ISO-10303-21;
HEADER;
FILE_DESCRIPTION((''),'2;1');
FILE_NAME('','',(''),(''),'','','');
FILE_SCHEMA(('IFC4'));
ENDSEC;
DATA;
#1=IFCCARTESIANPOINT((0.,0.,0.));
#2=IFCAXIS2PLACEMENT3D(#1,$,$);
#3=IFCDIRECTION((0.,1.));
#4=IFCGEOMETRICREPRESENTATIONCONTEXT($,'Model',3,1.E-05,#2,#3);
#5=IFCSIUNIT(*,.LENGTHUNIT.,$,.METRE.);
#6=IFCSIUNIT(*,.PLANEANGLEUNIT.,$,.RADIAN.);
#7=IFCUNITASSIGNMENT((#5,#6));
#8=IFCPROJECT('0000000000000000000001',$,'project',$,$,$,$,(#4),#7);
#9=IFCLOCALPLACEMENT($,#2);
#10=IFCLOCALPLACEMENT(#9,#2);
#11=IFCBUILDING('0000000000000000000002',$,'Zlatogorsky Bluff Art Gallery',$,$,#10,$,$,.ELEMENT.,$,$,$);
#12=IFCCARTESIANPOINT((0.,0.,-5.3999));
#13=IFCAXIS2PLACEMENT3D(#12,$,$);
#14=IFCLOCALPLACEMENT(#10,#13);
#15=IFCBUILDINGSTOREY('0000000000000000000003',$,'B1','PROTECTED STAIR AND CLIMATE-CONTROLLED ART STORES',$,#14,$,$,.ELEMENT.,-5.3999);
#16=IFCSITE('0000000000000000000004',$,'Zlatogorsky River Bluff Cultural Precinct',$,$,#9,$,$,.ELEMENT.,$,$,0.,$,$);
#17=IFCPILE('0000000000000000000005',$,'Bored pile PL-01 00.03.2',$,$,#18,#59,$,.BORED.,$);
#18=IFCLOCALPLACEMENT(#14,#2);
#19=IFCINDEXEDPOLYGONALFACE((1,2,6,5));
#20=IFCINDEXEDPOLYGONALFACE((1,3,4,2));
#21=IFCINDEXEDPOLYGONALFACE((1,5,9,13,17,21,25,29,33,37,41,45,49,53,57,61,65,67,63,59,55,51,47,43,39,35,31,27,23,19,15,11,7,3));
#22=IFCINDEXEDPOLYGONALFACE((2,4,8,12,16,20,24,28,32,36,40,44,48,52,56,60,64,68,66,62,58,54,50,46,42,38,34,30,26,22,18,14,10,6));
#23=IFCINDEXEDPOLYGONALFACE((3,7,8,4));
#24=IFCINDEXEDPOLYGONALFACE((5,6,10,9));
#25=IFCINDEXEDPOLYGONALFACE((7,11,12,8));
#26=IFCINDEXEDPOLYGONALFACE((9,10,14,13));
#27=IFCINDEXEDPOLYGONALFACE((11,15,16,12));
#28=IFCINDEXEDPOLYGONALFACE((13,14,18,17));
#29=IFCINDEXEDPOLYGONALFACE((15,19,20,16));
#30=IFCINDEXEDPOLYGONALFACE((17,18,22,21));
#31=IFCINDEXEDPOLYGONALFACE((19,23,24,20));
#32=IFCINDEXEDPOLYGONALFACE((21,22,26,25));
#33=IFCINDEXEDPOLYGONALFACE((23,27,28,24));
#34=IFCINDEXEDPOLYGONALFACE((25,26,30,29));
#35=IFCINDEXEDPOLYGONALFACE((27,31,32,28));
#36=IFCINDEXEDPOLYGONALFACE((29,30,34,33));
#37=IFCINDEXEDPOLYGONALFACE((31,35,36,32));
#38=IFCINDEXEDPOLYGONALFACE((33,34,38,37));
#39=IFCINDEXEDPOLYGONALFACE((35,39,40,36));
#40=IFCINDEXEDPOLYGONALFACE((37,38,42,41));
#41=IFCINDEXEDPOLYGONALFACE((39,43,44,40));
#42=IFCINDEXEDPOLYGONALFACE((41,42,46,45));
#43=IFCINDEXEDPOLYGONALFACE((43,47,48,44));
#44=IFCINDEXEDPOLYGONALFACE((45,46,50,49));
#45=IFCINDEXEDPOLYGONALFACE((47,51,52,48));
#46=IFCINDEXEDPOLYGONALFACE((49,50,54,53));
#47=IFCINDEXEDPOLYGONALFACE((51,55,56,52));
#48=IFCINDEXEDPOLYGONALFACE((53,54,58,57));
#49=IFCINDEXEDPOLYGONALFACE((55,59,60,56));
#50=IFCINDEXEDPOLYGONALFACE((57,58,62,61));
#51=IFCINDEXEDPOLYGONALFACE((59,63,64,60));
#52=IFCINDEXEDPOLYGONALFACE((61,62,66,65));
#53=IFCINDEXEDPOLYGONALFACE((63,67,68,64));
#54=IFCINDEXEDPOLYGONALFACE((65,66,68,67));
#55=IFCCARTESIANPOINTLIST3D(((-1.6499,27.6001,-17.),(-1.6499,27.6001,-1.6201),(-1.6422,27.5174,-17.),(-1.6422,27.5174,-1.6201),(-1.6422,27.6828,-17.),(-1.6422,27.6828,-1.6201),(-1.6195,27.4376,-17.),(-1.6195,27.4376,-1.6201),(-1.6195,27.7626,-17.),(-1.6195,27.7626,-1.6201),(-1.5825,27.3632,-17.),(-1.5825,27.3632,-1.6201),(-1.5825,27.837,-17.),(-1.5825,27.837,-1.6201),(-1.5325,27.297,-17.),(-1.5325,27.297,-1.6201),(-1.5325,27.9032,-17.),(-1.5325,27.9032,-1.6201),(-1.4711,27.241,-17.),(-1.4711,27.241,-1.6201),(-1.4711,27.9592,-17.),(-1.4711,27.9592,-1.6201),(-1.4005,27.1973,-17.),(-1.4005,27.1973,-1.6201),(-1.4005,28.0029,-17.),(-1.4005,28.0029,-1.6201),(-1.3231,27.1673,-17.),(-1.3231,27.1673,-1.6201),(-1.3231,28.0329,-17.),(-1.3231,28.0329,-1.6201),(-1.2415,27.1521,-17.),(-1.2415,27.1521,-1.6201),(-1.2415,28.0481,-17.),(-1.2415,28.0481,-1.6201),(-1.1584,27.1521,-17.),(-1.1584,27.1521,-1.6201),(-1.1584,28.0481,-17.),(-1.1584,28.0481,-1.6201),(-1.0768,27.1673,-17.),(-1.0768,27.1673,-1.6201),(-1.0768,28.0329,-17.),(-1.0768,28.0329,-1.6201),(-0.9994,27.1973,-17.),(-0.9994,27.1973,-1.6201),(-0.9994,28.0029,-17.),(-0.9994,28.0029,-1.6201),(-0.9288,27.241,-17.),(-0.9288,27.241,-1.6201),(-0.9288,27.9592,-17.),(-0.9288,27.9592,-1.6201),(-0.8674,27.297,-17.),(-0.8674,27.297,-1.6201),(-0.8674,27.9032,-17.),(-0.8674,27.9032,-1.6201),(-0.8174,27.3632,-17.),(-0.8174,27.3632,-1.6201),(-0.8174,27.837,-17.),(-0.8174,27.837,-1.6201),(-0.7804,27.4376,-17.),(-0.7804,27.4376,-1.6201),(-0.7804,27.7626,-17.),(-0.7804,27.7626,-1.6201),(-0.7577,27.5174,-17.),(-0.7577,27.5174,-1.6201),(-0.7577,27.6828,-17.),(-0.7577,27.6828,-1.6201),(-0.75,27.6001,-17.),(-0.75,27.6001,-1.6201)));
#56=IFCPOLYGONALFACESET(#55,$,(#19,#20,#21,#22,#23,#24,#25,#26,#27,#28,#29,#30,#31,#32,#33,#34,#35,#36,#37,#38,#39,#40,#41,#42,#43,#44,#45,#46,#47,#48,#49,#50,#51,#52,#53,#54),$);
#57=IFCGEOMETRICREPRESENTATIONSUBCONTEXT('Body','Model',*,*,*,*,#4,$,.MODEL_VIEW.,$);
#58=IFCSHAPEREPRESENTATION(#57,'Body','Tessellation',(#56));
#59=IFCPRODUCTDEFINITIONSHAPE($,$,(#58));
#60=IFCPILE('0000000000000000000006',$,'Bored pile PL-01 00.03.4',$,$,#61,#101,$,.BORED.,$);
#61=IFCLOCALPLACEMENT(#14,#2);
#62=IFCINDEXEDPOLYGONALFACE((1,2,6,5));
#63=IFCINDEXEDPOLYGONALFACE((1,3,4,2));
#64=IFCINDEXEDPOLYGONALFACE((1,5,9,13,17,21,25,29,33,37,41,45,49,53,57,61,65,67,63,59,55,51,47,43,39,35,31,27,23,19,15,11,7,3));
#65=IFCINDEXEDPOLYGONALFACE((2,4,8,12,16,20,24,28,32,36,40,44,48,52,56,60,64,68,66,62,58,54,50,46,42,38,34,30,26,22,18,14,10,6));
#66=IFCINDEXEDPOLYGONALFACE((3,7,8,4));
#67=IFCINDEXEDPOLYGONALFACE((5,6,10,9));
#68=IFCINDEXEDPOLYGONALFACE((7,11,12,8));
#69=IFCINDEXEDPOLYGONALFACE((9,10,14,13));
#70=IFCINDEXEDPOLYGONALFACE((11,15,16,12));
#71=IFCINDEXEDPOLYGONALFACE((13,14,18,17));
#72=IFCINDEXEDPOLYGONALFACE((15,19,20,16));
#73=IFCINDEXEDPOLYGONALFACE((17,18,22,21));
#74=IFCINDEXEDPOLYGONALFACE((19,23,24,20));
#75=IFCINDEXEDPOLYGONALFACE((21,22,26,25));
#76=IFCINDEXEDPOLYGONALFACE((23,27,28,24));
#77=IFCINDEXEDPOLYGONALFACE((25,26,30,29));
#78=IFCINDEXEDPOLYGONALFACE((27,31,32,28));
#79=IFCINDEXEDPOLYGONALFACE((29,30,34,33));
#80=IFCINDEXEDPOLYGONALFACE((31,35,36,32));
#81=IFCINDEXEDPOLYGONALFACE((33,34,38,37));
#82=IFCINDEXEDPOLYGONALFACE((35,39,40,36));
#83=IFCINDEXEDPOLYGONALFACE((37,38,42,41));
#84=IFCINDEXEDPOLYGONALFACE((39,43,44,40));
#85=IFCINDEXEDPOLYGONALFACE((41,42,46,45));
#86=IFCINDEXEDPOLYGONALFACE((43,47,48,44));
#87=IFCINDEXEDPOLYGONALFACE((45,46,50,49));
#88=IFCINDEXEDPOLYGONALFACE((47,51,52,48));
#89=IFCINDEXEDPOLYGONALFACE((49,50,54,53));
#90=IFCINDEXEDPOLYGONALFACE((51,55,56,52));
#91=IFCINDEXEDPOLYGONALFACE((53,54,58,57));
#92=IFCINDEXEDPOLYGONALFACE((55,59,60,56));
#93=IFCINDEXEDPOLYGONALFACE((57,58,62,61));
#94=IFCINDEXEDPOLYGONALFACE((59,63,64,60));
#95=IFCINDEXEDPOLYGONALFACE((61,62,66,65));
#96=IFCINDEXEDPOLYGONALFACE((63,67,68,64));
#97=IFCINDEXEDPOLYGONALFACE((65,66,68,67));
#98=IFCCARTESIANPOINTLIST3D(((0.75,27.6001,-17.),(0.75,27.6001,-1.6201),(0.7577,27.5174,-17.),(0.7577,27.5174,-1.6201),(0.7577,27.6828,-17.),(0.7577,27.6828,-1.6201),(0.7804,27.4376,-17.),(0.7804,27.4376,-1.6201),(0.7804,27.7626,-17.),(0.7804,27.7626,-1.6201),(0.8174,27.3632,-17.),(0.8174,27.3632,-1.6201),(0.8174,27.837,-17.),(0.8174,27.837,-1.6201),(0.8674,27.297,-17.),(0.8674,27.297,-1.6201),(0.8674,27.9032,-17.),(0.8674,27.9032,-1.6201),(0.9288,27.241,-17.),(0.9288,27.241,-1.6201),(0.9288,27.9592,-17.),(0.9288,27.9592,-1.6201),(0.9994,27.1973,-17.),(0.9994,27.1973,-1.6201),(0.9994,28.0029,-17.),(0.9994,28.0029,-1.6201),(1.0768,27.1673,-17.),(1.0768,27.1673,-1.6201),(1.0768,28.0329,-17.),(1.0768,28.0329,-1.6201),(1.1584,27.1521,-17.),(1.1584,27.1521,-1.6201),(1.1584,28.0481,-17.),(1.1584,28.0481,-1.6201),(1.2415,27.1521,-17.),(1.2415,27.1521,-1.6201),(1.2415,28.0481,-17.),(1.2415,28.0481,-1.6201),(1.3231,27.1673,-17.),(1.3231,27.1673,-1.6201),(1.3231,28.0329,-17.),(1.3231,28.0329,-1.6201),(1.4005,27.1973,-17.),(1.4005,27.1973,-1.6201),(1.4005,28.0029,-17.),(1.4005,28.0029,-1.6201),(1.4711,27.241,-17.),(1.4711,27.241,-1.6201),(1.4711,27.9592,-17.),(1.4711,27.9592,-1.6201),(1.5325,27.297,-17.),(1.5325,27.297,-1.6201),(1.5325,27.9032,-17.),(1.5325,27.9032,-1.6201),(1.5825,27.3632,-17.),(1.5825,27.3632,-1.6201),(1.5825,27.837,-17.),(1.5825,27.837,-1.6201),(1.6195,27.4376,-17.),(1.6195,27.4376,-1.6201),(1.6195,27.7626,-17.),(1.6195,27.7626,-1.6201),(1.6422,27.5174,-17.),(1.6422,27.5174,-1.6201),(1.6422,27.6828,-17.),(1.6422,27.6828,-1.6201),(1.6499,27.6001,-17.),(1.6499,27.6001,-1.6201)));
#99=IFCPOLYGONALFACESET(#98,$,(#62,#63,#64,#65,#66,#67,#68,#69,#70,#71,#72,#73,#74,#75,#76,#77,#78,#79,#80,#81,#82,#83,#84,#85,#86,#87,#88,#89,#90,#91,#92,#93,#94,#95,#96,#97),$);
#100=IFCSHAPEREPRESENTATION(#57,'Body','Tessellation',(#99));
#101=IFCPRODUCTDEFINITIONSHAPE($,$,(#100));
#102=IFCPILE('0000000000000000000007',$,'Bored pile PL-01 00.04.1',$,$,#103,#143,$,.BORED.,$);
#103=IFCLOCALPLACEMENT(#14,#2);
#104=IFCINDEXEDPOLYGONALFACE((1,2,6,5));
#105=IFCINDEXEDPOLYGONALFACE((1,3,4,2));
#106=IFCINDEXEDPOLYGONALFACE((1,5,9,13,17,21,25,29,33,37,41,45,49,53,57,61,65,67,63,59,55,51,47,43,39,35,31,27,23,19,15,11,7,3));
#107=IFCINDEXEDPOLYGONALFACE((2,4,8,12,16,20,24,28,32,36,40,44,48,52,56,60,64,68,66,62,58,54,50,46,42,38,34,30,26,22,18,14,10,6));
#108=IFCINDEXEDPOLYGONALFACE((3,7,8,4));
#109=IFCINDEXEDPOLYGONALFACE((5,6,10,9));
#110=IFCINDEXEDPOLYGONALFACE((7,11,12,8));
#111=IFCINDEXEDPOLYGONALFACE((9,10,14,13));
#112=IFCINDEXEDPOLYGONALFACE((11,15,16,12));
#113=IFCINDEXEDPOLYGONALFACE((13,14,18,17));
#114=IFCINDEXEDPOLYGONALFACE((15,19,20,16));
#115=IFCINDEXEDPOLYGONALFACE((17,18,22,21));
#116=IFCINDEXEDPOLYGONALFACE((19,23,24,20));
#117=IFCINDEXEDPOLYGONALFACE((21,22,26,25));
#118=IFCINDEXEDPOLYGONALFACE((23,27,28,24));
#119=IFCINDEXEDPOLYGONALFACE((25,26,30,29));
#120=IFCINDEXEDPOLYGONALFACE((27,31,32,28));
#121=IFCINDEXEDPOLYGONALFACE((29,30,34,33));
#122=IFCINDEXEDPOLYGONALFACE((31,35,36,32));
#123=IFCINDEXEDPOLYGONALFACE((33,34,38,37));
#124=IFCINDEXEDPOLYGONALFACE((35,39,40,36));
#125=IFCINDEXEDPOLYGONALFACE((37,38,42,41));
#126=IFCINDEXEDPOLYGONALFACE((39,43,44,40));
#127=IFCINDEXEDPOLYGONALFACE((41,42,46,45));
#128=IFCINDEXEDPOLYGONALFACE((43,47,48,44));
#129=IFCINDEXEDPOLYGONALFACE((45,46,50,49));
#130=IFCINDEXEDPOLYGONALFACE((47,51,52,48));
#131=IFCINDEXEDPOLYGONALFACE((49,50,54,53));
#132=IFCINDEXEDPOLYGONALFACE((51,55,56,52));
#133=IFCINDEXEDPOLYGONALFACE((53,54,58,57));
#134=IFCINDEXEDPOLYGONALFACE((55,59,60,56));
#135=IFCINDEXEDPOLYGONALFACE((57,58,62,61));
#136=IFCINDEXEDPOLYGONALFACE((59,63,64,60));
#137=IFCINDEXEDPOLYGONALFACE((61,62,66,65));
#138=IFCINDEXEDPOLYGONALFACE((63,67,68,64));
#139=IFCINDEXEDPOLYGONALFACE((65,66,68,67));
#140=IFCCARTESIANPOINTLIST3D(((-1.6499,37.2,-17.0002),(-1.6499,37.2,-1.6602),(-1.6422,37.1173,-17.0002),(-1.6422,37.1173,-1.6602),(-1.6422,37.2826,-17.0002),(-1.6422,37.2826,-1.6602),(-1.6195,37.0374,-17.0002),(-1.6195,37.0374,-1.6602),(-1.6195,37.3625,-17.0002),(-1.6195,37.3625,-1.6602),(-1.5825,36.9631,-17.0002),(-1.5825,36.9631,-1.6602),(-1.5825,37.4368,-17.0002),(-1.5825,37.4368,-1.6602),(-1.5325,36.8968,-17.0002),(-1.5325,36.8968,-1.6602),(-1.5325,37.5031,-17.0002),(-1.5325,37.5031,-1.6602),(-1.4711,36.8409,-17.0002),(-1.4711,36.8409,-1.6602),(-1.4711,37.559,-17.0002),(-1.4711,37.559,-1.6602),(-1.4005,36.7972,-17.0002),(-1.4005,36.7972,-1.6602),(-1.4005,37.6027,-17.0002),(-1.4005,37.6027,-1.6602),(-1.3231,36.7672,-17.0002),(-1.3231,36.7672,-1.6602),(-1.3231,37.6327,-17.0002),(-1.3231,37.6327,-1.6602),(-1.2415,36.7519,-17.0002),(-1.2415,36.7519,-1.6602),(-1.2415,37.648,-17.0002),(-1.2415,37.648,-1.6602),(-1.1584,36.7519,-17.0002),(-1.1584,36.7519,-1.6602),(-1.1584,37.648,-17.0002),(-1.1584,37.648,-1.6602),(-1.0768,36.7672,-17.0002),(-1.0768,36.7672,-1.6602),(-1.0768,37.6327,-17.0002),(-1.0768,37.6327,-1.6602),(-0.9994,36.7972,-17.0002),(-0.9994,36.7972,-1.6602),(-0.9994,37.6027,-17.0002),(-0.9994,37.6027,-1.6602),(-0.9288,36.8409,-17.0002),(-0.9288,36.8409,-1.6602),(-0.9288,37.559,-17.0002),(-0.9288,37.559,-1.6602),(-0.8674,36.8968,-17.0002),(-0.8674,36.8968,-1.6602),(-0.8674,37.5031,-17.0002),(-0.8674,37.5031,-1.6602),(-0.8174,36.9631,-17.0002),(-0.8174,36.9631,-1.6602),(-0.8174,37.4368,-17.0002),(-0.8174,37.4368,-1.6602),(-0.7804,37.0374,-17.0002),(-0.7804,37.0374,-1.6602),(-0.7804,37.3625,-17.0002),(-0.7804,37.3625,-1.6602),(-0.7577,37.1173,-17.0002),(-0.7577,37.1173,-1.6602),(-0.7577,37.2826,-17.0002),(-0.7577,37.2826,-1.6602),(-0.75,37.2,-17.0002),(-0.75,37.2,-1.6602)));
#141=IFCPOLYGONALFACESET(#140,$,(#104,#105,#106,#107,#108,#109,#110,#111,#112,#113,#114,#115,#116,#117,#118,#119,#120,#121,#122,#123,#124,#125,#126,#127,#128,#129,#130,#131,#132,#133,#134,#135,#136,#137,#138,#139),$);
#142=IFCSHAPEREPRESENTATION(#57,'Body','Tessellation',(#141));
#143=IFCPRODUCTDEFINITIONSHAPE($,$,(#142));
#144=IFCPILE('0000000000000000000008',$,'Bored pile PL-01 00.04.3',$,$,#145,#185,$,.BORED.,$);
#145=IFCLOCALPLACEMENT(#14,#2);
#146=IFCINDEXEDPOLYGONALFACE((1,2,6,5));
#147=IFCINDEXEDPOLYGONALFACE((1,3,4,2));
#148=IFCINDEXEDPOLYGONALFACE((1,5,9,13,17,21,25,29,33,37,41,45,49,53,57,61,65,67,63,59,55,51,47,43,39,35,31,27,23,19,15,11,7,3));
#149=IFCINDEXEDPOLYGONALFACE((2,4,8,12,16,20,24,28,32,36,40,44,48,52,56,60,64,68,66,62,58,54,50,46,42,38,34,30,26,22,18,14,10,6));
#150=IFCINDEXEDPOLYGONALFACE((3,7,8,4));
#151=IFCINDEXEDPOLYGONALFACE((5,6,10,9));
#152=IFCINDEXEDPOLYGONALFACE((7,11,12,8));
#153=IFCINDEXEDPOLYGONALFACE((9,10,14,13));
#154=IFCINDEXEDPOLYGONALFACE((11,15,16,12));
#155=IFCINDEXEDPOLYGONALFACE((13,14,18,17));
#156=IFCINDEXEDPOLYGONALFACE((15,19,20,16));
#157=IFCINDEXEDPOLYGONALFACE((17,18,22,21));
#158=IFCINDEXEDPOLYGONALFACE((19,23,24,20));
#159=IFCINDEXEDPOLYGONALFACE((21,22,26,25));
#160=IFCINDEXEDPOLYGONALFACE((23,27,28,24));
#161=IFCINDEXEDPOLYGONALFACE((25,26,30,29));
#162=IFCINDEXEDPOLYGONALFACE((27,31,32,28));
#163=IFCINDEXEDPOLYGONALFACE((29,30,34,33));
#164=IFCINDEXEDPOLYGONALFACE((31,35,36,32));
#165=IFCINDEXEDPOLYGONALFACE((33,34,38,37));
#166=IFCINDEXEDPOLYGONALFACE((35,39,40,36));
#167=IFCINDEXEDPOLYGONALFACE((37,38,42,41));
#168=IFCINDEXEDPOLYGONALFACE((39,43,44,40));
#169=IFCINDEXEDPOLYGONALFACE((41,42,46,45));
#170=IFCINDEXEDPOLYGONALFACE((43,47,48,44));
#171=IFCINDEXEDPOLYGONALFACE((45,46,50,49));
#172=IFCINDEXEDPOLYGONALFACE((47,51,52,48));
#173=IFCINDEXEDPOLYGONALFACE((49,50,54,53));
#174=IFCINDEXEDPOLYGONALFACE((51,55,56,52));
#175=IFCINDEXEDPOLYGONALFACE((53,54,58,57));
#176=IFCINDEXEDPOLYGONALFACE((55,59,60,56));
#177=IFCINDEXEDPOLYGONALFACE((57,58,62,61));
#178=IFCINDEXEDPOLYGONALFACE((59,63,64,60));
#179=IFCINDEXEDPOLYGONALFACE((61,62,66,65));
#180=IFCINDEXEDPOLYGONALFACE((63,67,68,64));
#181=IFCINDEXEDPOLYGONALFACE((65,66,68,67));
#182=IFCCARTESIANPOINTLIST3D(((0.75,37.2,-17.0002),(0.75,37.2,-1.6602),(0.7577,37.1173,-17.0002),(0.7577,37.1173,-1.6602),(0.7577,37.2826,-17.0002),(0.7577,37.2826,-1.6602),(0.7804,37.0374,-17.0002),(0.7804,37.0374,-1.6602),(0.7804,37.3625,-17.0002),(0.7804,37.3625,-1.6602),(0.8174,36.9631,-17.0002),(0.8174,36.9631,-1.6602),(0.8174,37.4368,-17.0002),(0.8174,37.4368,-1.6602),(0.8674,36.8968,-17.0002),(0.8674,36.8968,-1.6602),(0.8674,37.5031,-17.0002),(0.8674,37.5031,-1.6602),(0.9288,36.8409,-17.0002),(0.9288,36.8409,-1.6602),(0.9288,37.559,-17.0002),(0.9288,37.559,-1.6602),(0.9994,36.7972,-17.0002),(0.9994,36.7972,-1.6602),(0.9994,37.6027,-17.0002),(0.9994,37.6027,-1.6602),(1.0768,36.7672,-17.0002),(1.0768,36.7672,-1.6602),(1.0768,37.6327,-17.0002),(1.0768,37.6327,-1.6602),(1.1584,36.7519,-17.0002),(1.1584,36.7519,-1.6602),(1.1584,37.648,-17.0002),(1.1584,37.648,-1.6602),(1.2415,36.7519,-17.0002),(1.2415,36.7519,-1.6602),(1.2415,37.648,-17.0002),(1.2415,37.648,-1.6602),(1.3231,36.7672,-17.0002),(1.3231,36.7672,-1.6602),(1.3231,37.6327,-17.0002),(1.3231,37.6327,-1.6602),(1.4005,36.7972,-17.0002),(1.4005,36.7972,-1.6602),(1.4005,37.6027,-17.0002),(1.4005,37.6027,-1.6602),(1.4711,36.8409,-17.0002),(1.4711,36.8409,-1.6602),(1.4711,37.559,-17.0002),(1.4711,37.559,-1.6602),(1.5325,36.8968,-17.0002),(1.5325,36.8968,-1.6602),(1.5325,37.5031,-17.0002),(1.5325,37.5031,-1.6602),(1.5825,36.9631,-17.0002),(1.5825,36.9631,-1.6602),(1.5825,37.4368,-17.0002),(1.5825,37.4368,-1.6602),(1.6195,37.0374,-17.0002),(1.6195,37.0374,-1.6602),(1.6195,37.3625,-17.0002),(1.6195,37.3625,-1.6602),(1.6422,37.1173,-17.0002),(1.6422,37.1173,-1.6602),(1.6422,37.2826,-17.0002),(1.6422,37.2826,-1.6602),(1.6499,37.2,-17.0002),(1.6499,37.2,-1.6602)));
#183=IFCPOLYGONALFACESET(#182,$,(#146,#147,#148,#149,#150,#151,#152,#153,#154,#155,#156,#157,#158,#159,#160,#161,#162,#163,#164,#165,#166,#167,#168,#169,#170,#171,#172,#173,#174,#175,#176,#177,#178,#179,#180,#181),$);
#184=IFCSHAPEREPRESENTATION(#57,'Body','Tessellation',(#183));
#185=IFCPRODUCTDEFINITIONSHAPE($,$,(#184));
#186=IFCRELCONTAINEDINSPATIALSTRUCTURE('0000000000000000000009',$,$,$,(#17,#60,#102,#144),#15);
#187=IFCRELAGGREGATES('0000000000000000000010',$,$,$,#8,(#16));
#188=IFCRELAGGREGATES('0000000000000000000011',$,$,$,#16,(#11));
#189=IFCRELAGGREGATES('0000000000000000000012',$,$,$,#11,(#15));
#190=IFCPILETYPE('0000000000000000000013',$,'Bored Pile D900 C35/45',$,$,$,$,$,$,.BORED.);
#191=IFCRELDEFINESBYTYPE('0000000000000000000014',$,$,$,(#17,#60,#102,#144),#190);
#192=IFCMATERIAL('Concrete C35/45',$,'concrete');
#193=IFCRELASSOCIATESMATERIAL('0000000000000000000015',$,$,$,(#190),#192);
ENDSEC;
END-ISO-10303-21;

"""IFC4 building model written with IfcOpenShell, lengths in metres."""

from ifc_helpers import new_model, si_unit, direction, frame, origin, origin_2d, place, context, subcontext, project, spatial, circle, extrude, material, material_profile, profile_set, type_object, element, save


model = new_model("IFC4")

# Units and contexts
model_context = context("Model", 3, precision=1e-05, world=origin(), true_north=direction((0.0, 1.0)))
body_context = subcontext(model_context, "Body", "Model", "MODEL_VIEW")
ifc_project = project(units=[si_unit("LENGTHUNIT", "METRE"), si_unit("PLANEANGLEUNIT", "RADIAN")], contexts=[model_context])

# Site, building, storey
site_placement = place(None, origin())
site = spatial("IfcSite", under=ifc_project, at=site_placement, Name="Zlatogorsky River Bluff Cultural Precinct", CompositionType="ELEMENT", RefElevation=0.0)
building_placement = place(site_placement, origin())
building = spatial("IfcBuilding", under=site, at=building_placement, Name="Zlatogorsky Bluff Art Gallery", CompositionType="ELEMENT")
storey_placement = place(building_placement, frame((0.0, 0.0, -5.3999)))
storey = spatial("IfcBuildingStorey", under=building, at=storey_placement, Name="B1", Description="PROTECTED STAIR AND CLIMATE-CONTROLLED ART STORES", CompositionType="ELEMENT", Elevation=-5.3999)

# Piles
ifc_material_1 = material(Name="Concrete C35/45", Category="concrete")
ifc_material_profile_1 = material_profile(ifc_material_1, circle(Radius=0.45, at=origin_2d()), Name="BORED PILE D900")
ifc_profile_set_1 = profile_set([ifc_material_profile_1], Name="Concrete C35/45")
pile_type = type_object("IfcPileType", Name="Bored Pile D900 C35/45", PredefinedType="BORED", material=ifc_profile_set_1)
for number, where, z_axis, x_axis, name in (
    (1, (-1.2, 27.6001, -1.6201), (0.0, 0.0, -1.0), (1.0, 0.0, 0.0), "Bored pile PL-01 00.03.2"),
    (2, (1.2, 27.6001, -1.6201), (0.0, 0.0, -1.0), (1.0, 0.0, 0.0), "Bored pile PL-01 00.03.4"),
):
    element("IfcPile", number, at=place(storey_placement, frame(where, z_axis=z_axis, x_axis=x_axis)), inside=storey, type_object=pile_type, Name=name, PredefinedType="BORED", context=body_context, shape_type="SweptSolid", body=[
        extrude(circle(Radius=0.45, at=origin_2d()), origin(), (0.0, 0.0, 1.0), 15.3799),
    ])
for number, where, z_axis, x_axis, name in (
    (3, (-1.2, 37.2, -1.6602), (0.0, 0.0, -1.0), (1.0, 0.0, 0.0), "Bored pile PL-01 00.04.1"),
    (4, (1.2, 37.2, -1.6602), (0.0, 0.0, -1.0), (1.0, 0.0, 0.0), "Bored pile PL-01 00.04.3"),
):
    element("IfcPile", number, at=place(storey_placement, frame(where, z_axis=z_axis, x_axis=x_axis)), inside=storey, type_object=pile_type, Name=name, PredefinedType="BORED", context=body_context, shape_type="SweptSolid", body=[
        extrude(circle(Radius=0.45, at=origin_2d()), origin(), (0.0, 0.0, 1.0), 15.3401),
    ])

save(model, "model.ifc")
